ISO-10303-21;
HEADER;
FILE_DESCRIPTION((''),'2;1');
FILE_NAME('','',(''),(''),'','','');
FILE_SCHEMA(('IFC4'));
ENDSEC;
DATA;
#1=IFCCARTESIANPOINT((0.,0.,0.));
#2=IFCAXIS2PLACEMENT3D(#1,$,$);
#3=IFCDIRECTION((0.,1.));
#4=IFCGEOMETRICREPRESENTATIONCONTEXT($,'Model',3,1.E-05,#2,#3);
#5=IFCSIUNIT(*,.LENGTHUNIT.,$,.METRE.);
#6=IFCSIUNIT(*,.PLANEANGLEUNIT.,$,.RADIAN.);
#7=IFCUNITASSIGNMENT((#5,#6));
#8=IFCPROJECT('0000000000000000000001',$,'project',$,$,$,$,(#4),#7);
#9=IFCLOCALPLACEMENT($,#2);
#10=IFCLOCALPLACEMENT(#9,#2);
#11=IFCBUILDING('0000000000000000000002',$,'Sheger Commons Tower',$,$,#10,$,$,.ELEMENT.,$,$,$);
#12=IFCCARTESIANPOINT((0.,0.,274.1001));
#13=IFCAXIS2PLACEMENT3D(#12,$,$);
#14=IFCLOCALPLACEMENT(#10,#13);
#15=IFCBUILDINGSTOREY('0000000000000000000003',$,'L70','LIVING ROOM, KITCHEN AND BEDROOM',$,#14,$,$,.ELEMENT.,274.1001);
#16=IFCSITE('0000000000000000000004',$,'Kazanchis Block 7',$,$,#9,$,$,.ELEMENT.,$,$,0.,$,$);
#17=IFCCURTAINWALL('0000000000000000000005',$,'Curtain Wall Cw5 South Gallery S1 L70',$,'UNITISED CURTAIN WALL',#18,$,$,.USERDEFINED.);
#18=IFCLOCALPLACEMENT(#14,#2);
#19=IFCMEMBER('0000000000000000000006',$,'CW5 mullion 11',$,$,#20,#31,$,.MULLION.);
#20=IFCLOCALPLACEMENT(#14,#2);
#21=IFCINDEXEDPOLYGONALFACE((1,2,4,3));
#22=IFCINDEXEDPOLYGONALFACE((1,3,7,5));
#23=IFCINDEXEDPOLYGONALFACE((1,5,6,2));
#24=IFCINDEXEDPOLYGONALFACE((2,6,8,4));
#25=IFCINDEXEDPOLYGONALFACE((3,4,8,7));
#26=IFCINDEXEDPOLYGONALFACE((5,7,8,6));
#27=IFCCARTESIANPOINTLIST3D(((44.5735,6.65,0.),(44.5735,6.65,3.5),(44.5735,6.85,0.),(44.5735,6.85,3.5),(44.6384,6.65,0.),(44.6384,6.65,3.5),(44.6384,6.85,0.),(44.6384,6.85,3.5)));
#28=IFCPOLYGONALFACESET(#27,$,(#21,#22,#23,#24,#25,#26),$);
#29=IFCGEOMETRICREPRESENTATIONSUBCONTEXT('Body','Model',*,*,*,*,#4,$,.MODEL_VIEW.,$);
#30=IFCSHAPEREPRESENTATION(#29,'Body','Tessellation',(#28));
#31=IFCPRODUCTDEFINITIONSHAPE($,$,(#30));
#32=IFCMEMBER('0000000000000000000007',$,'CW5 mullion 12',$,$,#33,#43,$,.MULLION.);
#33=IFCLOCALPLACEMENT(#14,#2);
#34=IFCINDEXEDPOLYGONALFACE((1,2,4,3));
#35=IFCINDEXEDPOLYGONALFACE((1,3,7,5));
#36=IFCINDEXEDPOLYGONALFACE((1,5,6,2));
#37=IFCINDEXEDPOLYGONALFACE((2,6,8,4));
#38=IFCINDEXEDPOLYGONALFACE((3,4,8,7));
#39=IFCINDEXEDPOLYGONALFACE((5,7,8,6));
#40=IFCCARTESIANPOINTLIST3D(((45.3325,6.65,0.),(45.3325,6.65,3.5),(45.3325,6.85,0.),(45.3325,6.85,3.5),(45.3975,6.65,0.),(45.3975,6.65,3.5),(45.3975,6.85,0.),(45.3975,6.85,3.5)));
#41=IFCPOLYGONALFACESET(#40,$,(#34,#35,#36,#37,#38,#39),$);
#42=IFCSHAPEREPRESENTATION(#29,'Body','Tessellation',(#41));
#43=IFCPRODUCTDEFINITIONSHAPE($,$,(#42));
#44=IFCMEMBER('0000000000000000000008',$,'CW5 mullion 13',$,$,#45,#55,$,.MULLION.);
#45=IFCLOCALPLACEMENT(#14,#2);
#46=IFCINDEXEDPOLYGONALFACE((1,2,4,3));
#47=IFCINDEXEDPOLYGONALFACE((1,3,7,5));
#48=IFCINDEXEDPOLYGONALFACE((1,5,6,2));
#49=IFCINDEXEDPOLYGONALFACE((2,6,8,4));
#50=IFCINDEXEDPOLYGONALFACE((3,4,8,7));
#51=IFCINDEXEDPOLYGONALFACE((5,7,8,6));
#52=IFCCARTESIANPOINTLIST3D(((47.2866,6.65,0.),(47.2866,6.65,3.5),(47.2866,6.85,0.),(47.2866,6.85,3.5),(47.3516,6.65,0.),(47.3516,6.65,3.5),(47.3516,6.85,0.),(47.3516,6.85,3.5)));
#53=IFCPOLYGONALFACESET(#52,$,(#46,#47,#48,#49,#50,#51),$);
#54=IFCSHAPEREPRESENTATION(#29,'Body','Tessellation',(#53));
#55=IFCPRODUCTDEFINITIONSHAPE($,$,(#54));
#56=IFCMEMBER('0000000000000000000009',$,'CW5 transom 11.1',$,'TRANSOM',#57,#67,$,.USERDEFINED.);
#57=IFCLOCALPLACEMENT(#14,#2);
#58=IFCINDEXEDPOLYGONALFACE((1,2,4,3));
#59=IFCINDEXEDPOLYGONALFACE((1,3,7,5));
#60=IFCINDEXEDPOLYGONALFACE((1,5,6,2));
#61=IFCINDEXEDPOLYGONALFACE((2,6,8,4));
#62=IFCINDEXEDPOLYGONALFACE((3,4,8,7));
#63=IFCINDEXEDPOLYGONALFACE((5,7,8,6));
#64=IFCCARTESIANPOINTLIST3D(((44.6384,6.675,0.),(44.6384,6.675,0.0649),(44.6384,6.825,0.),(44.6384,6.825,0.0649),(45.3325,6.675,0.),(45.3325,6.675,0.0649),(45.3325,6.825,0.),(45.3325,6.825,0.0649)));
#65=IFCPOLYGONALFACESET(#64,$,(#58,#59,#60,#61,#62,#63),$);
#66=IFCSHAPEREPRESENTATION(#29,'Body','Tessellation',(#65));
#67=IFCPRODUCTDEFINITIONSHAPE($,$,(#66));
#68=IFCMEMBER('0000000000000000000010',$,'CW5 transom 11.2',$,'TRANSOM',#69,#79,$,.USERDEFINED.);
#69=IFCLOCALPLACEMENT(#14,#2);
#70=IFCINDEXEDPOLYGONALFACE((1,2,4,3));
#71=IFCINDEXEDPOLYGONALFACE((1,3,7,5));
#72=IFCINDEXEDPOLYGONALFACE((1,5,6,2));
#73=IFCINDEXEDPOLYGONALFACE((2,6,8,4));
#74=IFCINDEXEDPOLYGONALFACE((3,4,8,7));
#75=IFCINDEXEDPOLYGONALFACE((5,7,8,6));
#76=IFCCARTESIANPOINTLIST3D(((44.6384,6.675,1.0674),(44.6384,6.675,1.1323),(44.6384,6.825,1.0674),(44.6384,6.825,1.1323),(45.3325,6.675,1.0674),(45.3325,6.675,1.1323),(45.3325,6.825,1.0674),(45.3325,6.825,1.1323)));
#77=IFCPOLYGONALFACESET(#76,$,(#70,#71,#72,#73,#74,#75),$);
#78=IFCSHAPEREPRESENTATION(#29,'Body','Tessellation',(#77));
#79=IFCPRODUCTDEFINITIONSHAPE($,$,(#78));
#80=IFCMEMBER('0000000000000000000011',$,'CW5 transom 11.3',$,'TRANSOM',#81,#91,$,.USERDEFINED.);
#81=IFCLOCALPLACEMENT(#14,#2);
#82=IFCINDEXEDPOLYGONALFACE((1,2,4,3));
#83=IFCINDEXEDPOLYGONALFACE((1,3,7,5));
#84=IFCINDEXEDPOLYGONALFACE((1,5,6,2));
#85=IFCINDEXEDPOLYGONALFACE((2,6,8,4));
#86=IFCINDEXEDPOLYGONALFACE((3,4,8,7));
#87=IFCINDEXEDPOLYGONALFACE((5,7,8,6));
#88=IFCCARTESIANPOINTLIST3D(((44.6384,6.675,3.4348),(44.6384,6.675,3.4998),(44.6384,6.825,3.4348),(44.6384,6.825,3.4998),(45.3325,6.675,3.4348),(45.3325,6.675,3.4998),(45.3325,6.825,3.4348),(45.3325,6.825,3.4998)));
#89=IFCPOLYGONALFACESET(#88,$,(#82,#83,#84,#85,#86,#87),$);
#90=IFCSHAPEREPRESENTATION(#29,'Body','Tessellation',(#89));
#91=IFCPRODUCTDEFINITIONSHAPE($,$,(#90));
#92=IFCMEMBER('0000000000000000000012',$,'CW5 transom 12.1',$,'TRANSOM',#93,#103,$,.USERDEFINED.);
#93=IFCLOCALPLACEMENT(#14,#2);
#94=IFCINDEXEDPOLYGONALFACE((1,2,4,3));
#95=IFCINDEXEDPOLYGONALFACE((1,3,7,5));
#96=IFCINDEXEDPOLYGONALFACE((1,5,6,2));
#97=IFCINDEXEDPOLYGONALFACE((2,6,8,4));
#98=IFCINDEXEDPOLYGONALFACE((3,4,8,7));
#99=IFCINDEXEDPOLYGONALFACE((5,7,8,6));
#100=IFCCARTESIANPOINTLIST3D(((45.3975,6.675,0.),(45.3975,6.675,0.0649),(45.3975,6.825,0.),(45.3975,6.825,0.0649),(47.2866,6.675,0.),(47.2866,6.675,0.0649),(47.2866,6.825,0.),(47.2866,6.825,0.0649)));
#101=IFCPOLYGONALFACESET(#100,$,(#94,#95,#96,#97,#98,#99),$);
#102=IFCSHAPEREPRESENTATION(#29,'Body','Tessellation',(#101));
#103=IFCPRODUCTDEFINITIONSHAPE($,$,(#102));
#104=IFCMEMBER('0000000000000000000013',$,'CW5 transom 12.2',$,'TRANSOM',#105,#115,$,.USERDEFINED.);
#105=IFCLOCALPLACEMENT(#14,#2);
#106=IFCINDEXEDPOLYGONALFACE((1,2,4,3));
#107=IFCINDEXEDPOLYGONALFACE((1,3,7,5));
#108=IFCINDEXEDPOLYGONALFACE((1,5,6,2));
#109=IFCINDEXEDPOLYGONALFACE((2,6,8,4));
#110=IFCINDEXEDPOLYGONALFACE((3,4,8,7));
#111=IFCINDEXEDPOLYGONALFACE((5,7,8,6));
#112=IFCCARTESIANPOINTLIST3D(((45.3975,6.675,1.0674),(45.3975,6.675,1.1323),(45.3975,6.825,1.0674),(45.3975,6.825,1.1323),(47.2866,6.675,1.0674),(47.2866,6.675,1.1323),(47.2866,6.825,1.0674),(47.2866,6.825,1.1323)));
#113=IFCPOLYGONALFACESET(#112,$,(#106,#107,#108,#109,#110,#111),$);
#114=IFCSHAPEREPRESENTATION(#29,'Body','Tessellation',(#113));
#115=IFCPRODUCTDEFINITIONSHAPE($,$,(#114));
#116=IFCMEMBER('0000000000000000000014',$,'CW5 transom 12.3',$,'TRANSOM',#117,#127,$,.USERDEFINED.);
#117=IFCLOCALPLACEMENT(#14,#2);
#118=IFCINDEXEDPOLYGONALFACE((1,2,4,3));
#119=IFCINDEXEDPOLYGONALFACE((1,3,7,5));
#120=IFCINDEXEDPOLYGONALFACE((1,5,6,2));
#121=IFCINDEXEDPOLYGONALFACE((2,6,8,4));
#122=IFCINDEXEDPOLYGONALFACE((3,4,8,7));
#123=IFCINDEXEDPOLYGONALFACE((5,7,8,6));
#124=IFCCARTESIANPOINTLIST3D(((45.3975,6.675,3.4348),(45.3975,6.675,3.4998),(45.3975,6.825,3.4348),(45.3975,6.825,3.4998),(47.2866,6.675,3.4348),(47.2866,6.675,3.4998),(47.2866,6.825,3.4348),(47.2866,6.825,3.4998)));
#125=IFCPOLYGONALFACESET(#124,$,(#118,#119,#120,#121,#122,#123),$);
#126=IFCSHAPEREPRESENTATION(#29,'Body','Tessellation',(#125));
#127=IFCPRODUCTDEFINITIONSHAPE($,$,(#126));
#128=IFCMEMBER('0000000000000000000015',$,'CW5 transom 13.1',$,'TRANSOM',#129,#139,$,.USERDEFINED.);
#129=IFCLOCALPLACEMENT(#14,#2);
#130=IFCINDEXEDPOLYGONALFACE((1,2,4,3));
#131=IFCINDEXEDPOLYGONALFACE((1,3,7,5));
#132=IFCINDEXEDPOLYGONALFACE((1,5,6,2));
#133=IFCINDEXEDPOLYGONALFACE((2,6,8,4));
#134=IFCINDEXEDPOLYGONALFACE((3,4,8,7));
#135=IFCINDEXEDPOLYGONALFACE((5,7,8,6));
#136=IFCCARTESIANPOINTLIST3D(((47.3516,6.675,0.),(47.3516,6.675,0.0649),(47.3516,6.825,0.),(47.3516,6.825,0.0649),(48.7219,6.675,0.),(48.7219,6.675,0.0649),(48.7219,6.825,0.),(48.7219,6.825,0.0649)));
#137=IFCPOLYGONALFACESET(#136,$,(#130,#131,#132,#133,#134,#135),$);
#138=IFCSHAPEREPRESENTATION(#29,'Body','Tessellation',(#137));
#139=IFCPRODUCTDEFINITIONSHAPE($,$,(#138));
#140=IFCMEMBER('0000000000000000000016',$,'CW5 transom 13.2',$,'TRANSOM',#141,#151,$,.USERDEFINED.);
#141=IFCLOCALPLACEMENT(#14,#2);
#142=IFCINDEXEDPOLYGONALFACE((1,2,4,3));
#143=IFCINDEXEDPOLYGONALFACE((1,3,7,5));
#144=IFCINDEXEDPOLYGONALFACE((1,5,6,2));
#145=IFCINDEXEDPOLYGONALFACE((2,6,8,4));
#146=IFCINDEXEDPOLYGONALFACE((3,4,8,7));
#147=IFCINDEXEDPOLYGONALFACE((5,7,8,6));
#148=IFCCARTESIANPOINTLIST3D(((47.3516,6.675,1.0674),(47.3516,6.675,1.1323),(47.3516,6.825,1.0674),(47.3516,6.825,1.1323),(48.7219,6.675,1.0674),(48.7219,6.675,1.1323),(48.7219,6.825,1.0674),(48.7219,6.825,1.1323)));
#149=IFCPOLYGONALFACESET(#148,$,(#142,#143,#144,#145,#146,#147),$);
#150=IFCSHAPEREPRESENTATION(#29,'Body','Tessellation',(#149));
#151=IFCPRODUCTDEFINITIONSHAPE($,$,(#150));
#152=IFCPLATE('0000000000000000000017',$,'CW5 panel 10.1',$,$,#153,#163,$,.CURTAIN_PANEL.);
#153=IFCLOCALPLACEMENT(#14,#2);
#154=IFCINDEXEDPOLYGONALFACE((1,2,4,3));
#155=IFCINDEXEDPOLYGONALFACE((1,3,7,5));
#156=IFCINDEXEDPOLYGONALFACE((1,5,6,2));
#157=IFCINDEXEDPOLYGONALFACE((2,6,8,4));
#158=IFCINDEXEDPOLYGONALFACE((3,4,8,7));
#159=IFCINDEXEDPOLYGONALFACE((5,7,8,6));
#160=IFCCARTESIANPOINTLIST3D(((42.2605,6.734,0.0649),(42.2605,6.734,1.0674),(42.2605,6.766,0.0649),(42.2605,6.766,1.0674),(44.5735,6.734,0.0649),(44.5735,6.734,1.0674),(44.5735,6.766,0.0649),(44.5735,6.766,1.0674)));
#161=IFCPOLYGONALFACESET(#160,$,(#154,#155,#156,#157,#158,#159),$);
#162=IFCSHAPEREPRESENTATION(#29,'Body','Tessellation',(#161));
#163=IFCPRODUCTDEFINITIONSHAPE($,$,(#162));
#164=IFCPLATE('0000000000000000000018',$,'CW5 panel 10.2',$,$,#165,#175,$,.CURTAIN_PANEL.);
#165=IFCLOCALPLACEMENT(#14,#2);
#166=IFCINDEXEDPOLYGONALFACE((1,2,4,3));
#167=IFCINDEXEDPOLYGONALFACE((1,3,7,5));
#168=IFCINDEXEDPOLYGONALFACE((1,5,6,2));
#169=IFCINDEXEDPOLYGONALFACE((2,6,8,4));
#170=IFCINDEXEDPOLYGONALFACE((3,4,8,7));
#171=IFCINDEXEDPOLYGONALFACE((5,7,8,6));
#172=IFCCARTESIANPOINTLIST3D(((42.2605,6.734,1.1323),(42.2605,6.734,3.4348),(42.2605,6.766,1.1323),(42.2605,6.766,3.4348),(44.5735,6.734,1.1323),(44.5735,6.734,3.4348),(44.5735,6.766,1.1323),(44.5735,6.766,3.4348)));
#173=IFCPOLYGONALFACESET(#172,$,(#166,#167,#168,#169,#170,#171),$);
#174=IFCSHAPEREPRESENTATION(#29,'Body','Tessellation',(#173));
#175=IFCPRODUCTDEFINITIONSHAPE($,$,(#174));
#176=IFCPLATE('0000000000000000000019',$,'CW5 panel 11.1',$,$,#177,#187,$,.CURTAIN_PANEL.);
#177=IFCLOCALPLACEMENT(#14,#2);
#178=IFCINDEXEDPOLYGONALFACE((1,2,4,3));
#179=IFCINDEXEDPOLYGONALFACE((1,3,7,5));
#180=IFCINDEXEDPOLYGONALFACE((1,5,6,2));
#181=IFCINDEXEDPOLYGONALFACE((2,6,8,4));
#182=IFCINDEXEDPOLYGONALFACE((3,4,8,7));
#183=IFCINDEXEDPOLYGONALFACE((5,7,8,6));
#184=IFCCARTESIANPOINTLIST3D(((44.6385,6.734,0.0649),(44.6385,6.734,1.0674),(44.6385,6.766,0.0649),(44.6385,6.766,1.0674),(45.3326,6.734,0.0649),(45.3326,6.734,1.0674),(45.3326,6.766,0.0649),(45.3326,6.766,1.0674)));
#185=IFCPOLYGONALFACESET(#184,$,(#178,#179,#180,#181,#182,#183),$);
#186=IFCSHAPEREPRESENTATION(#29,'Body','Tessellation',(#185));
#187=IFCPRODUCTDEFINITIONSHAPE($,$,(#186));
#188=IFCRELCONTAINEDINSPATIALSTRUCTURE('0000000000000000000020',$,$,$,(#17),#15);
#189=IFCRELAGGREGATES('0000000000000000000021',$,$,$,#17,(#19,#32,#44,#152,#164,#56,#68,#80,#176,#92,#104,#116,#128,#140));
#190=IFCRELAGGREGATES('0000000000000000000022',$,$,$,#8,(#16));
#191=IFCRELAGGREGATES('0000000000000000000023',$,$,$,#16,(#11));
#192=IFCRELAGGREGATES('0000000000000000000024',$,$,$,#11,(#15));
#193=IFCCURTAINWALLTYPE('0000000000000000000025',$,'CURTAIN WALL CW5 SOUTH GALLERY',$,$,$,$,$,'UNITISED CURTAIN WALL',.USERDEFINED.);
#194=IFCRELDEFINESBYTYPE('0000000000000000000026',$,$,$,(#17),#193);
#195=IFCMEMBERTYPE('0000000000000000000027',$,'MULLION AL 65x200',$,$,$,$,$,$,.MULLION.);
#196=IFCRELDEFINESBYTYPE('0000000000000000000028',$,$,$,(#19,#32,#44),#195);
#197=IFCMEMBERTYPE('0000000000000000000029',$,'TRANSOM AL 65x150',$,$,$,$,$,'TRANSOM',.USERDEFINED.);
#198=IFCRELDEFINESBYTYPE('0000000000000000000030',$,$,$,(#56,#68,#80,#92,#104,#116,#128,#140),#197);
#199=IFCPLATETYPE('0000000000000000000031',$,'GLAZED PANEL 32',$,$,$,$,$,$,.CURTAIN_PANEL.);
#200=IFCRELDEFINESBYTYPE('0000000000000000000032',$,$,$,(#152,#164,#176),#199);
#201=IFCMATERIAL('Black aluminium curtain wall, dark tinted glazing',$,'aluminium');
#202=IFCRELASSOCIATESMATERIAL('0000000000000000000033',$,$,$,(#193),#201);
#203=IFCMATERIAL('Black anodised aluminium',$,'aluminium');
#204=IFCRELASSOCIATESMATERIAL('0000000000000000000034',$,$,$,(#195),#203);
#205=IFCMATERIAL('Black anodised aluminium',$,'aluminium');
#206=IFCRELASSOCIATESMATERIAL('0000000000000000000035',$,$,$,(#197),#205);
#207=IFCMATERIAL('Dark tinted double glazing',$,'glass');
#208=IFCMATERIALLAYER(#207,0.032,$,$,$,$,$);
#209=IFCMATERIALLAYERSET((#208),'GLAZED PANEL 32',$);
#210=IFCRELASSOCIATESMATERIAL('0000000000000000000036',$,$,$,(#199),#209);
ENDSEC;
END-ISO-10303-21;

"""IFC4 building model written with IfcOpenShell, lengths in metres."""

from ifc_helpers import new_model, si_unit, direction, frame, origin, origin_2d, place, context, subcontext, project, spatial, rectangle, extrude, material, layer, layer_set, material_profile, profile_set, type_object, element, aggregate, save


model = new_model("IFC4")

# Units and contexts
model_context = context("Model", 3, precision=1e-05, world=origin(), true_north=direction((0.0, 1.0)))
body_context = subcontext(model_context, "Body", "Model", "MODEL_VIEW")
ifc_project = project(units=[si_unit("LENGTHUNIT", "METRE"), si_unit("PLANEANGLEUNIT", "RADIAN")], contexts=[model_context])

# Site, building, storey
site_placement = place(None, origin())
site = spatial("IfcSite", under=ifc_project, at=site_placement, Name="Kazanchis Block 7", CompositionType="ELEMENT", RefElevation=0.0)
building_placement = place(site_placement, origin())
building = spatial("IfcBuilding", under=site, at=building_placement, Name="Sheger Commons Tower", CompositionType="ELEMENT")
storey_placement = place(building_placement, frame((0.0, 0.0, 274.1001)))
storey = spatial("IfcBuildingStorey", under=building, at=storey_placement, Name="L70", Description="LIVING ROOM, KITCHEN AND BEDROOM", CompositionType="ELEMENT", Elevation=274.1001)

# Curtain wall, members, plates
ifc_material_1 = material(Name="Black aluminium curtain wall, dark tinted glazing", Category="aluminium")
curtain_wall_type = type_object("IfcCurtainWallType", Name="CURTAIN WALL CW5 SOUTH GALLERY", ElementType="UNITISED CURTAIN WALL", PredefinedType="USERDEFINED", material=ifc_material_1)
curtain_wall_placement = place(storey_placement, origin())
curtain_wall = element("IfcCurtainWall", 1, at=curtain_wall_placement, inside=storey, type_object=curtain_wall_type, Name="Curtain Wall Cw5 South Gallery S1 L70", ObjectType="UNITISED CURTAIN WALL", PredefinedType="USERDEFINED")
ifc_material_2 = material(Name="Black anodised aluminium", Category="aluminium")
ifc_material_profile_1 = material_profile(ifc_material_2, rectangle(XDim=0.2, YDim=0.0649, at=origin_2d()), Name="AL 65x200")
ifc_profile_set_1 = profile_set([ifc_material_profile_1], Name="Black anodised aluminium")
member_type_1 = type_object("IfcMemberType", Name="MULLION AL 65x200", PredefinedType="MULLION", material=ifc_profile_set_1)
member_1_placement = place(storey_placement, frame((44.606, 6.75, 0.0), z_axis=(0.0, 0.0, 1.0), x_axis=(0.0, 1.0, 0.0)))
member_1 = element("IfcMember", 2, at=member_1_placement, type_object=member_type_1, Name="CW5 mullion 11", PredefinedType="MULLION", context=body_context, shape_type="SweptSolid", body=[
    extrude(rectangle(XDim=0.2, YDim=0.0649, at=origin_2d()), origin(), (0.0, 0.0, 1.0), 3.5),
])
member_2_placement = place(storey_placement, frame((45.365, 6.75, 0.0), z_axis=(0.0, 0.0, 1.0), x_axis=(0.0, 1.0, 0.0)))
member_2 = element("IfcMember", 3, at=member_2_placement, type_object=member_type_1, Name="CW5 mullion 12", PredefinedType="MULLION", context=body_context, shape_type="SweptSolid", body=[
    extrude(rectangle(XDim=0.2, YDim=0.0649, at=origin_2d()), origin(), (0.0, 0.0, 1.0), 3.5),
])
member_3_placement = place(storey_placement, frame((47.3191, 6.75, 0.0), z_axis=(0.0, 0.0, 1.0), x_axis=(0.0, 1.0, 0.0)))
member_3 = element("IfcMember", 4, at=member_3_placement, type_object=member_type_1, Name="CW5 mullion 13", PredefinedType="MULLION", context=body_context, shape_type="SweptSolid", body=[
    extrude(rectangle(XDim=0.2, YDim=0.0649, at=origin_2d()), origin(), (0.0, 0.0, 1.0), 3.5),
])
ifc_material_3 = material(Name="Black anodised aluminium", Category="aluminium")
ifc_material_profile_2 = material_profile(ifc_material_3, rectangle(XDim=0.1499, YDim=0.0649, at=origin_2d()), Name="AL 65x150")
ifc_profile_set_2 = profile_set([ifc_material_profile_2], Name="Black anodised aluminium")
member_type_2 = type_object("IfcMemberType", Name="TRANSOM AL 65x150", ElementType="TRANSOM", PredefinedType="USERDEFINED", material=ifc_profile_set_2)
member_4_placement = place(storey_placement, frame((44.6384, 6.75, 0.0325), z_axis=(1.0, 0.0, 0.0), x_axis=(0.0, 1.0, 0.0)))
member_4 = element("IfcMember", 5, at=member_4_placement, type_object=member_type_2, Name="CW5 transom 11.1", ObjectType="TRANSOM", PredefinedType="USERDEFINED", context=body_context, shape_type="SweptSolid", body=[
    extrude(rectangle(XDim=0.1499, YDim=0.0649, at=origin_2d()), origin(), (0.0, 0.0, 1.0), 0.6941),
])
member_5_placement = place(storey_placement, frame((44.6384, 6.75, 1.0999), z_axis=(1.0, 0.0, 0.0), x_axis=(0.0, 1.0, 0.0)))
member_5 = element("IfcMember", 6, at=member_5_placement, type_object=member_type_2, Name="CW5 transom 11.2", ObjectType="TRANSOM", PredefinedType="USERDEFINED", context=body_context, shape_type="SweptSolid", body=[
    extrude(rectangle(XDim=0.1499, YDim=0.0649, at=origin_2d()), origin(), (0.0, 0.0, 1.0), 0.6941),
])
member_6_placement = place(storey_placement, frame((44.6384, 6.75, 3.4673), z_axis=(1.0, 0.0, 0.0), x_axis=(0.0, 1.0, 0.0)))
member_6 = element("IfcMember", 7, at=member_6_placement, type_object=member_type_2, Name="CW5 transom 11.3", ObjectType="TRANSOM", PredefinedType="USERDEFINED", context=body_context, shape_type="SweptSolid", body=[
    extrude(rectangle(XDim=0.1499, YDim=0.0649, at=origin_2d()), origin(), (0.0, 0.0, 1.0), 0.6941),
])
member_7_placement = place(storey_placement, frame((45.3975, 6.75, 0.0325), z_axis=(1.0, 0.0, 0.0), x_axis=(0.0, 1.0, 0.0)))
member_7 = element("IfcMember", 8, at=member_7_placement, type_object=member_type_2, Name="CW5 transom 12.1", ObjectType="TRANSOM", PredefinedType="USERDEFINED", context=body_context, shape_type="SweptSolid", body=[
    extrude(rectangle(XDim=0.1499, YDim=0.0649, at=origin_2d()), origin(), (0.0, 0.0, 1.0), 1.8892),
])
member_8_placement = place(storey_placement, frame((45.3975, 6.75, 1.0999), z_axis=(1.0, 0.0, 0.0), x_axis=(0.0, 1.0, 0.0)))
member_8 = element("IfcMember", 9, at=member_8_placement, type_object=member_type_2, Name="CW5 transom 12.2", ObjectType="TRANSOM", PredefinedType="USERDEFINED", context=body_context, shape_type="SweptSolid", body=[
    extrude(rectangle(XDim=0.1499, YDim=0.0649, at=origin_2d()), origin(), (0.0, 0.0, 1.0), 1.8892),
])
member_9_placement = place(storey_placement, frame((45.3975, 6.75, 3.4673), z_axis=(1.0, 0.0, 0.0), x_axis=(0.0, 1.0, 0.0)))
member_9 = element("IfcMember", 10, at=member_9_placement, type_object=member_type_2, Name="CW5 transom 12.3", ObjectType="TRANSOM", PredefinedType="USERDEFINED", context=body_context, shape_type="SweptSolid", body=[
    extrude(rectangle(XDim=0.1499, YDim=0.0649, at=origin_2d()), origin(), (0.0, 0.0, 1.0), 1.8892),
])
member_10_placement = place(storey_placement, frame((47.3516, 6.75, 0.0325), z_axis=(1.0, 0.0, 0.0), x_axis=(0.0, 1.0, 0.0)))
member_10 = element("IfcMember", 11, at=member_10_placement, type_object=member_type_2, Name="CW5 transom 13.1", ObjectType="TRANSOM", PredefinedType="USERDEFINED", context=body_context, shape_type="SweptSolid", body=[
    extrude(rectangle(XDim=0.1499, YDim=0.0649, at=origin_2d()), origin(), (0.0, 0.0, 1.0), 1.3704),
])
member_11_placement = place(storey_placement, frame((47.3516, 6.75, 1.0999), z_axis=(1.0, 0.0, 0.0), x_axis=(0.0, 1.0, 0.0)))
member_11 = element("IfcMember", 12, at=member_11_placement, type_object=member_type_2, Name="CW5 transom 13.2", ObjectType="TRANSOM", PredefinedType="USERDEFINED", context=body_context, shape_type="SweptSolid", body=[
    extrude(rectangle(XDim=0.1499, YDim=0.0649, at=origin_2d()), origin(), (0.0, 0.0, 1.0), 1.3704),
])
ifc_material_4 = material(Name="Dark tinted double glazing", Category="glass")
ifc_layer_1 = layer(ifc_material_4, 0.032)
ifc_layer_set_1 = layer_set([ifc_layer_1], Name="GLAZED PANEL 32")
plate_type_1 = type_object("IfcPlateType", Name="GLAZED PANEL 32", PredefinedType="CURTAIN_PANEL", material=ifc_layer_set_1)
plate_1_placement = place(storey_placement, frame((43.417, 6.75, 0.0649), z_axis=(0.0, 0.0, 1.0), x_axis=(1.0, 0.0, 0.0)))
plate_1 = element("IfcPlate", 13, at=plate_1_placement, type_object=plate_type_1, Name="CW5 panel 10.1", PredefinedType="CURTAIN_PANEL", context=body_context, shape_type="SweptSolid", body=[
    extrude(rectangle(XDim=2.313, YDim=0.032, at=origin_2d()), origin(), (0.0, 0.0, 1.0), 1.0024),
])
plate_2_placement = place(storey_placement, frame((43.417, 6.75, 1.1323), z_axis=(0.0, 0.0, 1.0), x_axis=(1.0, 0.0, 0.0)))
plate_2 = element("IfcPlate", 14, at=plate_2_placement, type_object=plate_type_1, Name="CW5 panel 10.2", PredefinedType="CURTAIN_PANEL", context=body_context, shape_type="SweptSolid", body=[
    extrude(rectangle(XDim=2.313, YDim=0.032, at=origin_2d()), origin(), (0.0, 0.0, 1.0), 2.3025),
])
plate_3_placement = place(storey_placement, frame((44.9856, 6.75, 0.0649), z_axis=(0.0, 0.0, 1.0), x_axis=(1.0, 0.0, 0.0)))
plate_3 = element("IfcPlate", 15, at=plate_3_placement, type_object=plate_type_1, Name="CW5 panel 11.1", PredefinedType="CURTAIN_PANEL", context=body_context, shape_type="SweptSolid", body=[
    extrude(rectangle(XDim=0.6941, YDim=0.032, at=origin_2d()), origin(), (0.0, 0.0, 1.0), 1.0024),
])
aggregate(curtain_wall, [member_1, member_2, member_3, plate_1, plate_2, member_4, member_5, member_6, plate_3, member_7, member_8, member_9, member_10, member_11])

save(model, "model.ifc")
